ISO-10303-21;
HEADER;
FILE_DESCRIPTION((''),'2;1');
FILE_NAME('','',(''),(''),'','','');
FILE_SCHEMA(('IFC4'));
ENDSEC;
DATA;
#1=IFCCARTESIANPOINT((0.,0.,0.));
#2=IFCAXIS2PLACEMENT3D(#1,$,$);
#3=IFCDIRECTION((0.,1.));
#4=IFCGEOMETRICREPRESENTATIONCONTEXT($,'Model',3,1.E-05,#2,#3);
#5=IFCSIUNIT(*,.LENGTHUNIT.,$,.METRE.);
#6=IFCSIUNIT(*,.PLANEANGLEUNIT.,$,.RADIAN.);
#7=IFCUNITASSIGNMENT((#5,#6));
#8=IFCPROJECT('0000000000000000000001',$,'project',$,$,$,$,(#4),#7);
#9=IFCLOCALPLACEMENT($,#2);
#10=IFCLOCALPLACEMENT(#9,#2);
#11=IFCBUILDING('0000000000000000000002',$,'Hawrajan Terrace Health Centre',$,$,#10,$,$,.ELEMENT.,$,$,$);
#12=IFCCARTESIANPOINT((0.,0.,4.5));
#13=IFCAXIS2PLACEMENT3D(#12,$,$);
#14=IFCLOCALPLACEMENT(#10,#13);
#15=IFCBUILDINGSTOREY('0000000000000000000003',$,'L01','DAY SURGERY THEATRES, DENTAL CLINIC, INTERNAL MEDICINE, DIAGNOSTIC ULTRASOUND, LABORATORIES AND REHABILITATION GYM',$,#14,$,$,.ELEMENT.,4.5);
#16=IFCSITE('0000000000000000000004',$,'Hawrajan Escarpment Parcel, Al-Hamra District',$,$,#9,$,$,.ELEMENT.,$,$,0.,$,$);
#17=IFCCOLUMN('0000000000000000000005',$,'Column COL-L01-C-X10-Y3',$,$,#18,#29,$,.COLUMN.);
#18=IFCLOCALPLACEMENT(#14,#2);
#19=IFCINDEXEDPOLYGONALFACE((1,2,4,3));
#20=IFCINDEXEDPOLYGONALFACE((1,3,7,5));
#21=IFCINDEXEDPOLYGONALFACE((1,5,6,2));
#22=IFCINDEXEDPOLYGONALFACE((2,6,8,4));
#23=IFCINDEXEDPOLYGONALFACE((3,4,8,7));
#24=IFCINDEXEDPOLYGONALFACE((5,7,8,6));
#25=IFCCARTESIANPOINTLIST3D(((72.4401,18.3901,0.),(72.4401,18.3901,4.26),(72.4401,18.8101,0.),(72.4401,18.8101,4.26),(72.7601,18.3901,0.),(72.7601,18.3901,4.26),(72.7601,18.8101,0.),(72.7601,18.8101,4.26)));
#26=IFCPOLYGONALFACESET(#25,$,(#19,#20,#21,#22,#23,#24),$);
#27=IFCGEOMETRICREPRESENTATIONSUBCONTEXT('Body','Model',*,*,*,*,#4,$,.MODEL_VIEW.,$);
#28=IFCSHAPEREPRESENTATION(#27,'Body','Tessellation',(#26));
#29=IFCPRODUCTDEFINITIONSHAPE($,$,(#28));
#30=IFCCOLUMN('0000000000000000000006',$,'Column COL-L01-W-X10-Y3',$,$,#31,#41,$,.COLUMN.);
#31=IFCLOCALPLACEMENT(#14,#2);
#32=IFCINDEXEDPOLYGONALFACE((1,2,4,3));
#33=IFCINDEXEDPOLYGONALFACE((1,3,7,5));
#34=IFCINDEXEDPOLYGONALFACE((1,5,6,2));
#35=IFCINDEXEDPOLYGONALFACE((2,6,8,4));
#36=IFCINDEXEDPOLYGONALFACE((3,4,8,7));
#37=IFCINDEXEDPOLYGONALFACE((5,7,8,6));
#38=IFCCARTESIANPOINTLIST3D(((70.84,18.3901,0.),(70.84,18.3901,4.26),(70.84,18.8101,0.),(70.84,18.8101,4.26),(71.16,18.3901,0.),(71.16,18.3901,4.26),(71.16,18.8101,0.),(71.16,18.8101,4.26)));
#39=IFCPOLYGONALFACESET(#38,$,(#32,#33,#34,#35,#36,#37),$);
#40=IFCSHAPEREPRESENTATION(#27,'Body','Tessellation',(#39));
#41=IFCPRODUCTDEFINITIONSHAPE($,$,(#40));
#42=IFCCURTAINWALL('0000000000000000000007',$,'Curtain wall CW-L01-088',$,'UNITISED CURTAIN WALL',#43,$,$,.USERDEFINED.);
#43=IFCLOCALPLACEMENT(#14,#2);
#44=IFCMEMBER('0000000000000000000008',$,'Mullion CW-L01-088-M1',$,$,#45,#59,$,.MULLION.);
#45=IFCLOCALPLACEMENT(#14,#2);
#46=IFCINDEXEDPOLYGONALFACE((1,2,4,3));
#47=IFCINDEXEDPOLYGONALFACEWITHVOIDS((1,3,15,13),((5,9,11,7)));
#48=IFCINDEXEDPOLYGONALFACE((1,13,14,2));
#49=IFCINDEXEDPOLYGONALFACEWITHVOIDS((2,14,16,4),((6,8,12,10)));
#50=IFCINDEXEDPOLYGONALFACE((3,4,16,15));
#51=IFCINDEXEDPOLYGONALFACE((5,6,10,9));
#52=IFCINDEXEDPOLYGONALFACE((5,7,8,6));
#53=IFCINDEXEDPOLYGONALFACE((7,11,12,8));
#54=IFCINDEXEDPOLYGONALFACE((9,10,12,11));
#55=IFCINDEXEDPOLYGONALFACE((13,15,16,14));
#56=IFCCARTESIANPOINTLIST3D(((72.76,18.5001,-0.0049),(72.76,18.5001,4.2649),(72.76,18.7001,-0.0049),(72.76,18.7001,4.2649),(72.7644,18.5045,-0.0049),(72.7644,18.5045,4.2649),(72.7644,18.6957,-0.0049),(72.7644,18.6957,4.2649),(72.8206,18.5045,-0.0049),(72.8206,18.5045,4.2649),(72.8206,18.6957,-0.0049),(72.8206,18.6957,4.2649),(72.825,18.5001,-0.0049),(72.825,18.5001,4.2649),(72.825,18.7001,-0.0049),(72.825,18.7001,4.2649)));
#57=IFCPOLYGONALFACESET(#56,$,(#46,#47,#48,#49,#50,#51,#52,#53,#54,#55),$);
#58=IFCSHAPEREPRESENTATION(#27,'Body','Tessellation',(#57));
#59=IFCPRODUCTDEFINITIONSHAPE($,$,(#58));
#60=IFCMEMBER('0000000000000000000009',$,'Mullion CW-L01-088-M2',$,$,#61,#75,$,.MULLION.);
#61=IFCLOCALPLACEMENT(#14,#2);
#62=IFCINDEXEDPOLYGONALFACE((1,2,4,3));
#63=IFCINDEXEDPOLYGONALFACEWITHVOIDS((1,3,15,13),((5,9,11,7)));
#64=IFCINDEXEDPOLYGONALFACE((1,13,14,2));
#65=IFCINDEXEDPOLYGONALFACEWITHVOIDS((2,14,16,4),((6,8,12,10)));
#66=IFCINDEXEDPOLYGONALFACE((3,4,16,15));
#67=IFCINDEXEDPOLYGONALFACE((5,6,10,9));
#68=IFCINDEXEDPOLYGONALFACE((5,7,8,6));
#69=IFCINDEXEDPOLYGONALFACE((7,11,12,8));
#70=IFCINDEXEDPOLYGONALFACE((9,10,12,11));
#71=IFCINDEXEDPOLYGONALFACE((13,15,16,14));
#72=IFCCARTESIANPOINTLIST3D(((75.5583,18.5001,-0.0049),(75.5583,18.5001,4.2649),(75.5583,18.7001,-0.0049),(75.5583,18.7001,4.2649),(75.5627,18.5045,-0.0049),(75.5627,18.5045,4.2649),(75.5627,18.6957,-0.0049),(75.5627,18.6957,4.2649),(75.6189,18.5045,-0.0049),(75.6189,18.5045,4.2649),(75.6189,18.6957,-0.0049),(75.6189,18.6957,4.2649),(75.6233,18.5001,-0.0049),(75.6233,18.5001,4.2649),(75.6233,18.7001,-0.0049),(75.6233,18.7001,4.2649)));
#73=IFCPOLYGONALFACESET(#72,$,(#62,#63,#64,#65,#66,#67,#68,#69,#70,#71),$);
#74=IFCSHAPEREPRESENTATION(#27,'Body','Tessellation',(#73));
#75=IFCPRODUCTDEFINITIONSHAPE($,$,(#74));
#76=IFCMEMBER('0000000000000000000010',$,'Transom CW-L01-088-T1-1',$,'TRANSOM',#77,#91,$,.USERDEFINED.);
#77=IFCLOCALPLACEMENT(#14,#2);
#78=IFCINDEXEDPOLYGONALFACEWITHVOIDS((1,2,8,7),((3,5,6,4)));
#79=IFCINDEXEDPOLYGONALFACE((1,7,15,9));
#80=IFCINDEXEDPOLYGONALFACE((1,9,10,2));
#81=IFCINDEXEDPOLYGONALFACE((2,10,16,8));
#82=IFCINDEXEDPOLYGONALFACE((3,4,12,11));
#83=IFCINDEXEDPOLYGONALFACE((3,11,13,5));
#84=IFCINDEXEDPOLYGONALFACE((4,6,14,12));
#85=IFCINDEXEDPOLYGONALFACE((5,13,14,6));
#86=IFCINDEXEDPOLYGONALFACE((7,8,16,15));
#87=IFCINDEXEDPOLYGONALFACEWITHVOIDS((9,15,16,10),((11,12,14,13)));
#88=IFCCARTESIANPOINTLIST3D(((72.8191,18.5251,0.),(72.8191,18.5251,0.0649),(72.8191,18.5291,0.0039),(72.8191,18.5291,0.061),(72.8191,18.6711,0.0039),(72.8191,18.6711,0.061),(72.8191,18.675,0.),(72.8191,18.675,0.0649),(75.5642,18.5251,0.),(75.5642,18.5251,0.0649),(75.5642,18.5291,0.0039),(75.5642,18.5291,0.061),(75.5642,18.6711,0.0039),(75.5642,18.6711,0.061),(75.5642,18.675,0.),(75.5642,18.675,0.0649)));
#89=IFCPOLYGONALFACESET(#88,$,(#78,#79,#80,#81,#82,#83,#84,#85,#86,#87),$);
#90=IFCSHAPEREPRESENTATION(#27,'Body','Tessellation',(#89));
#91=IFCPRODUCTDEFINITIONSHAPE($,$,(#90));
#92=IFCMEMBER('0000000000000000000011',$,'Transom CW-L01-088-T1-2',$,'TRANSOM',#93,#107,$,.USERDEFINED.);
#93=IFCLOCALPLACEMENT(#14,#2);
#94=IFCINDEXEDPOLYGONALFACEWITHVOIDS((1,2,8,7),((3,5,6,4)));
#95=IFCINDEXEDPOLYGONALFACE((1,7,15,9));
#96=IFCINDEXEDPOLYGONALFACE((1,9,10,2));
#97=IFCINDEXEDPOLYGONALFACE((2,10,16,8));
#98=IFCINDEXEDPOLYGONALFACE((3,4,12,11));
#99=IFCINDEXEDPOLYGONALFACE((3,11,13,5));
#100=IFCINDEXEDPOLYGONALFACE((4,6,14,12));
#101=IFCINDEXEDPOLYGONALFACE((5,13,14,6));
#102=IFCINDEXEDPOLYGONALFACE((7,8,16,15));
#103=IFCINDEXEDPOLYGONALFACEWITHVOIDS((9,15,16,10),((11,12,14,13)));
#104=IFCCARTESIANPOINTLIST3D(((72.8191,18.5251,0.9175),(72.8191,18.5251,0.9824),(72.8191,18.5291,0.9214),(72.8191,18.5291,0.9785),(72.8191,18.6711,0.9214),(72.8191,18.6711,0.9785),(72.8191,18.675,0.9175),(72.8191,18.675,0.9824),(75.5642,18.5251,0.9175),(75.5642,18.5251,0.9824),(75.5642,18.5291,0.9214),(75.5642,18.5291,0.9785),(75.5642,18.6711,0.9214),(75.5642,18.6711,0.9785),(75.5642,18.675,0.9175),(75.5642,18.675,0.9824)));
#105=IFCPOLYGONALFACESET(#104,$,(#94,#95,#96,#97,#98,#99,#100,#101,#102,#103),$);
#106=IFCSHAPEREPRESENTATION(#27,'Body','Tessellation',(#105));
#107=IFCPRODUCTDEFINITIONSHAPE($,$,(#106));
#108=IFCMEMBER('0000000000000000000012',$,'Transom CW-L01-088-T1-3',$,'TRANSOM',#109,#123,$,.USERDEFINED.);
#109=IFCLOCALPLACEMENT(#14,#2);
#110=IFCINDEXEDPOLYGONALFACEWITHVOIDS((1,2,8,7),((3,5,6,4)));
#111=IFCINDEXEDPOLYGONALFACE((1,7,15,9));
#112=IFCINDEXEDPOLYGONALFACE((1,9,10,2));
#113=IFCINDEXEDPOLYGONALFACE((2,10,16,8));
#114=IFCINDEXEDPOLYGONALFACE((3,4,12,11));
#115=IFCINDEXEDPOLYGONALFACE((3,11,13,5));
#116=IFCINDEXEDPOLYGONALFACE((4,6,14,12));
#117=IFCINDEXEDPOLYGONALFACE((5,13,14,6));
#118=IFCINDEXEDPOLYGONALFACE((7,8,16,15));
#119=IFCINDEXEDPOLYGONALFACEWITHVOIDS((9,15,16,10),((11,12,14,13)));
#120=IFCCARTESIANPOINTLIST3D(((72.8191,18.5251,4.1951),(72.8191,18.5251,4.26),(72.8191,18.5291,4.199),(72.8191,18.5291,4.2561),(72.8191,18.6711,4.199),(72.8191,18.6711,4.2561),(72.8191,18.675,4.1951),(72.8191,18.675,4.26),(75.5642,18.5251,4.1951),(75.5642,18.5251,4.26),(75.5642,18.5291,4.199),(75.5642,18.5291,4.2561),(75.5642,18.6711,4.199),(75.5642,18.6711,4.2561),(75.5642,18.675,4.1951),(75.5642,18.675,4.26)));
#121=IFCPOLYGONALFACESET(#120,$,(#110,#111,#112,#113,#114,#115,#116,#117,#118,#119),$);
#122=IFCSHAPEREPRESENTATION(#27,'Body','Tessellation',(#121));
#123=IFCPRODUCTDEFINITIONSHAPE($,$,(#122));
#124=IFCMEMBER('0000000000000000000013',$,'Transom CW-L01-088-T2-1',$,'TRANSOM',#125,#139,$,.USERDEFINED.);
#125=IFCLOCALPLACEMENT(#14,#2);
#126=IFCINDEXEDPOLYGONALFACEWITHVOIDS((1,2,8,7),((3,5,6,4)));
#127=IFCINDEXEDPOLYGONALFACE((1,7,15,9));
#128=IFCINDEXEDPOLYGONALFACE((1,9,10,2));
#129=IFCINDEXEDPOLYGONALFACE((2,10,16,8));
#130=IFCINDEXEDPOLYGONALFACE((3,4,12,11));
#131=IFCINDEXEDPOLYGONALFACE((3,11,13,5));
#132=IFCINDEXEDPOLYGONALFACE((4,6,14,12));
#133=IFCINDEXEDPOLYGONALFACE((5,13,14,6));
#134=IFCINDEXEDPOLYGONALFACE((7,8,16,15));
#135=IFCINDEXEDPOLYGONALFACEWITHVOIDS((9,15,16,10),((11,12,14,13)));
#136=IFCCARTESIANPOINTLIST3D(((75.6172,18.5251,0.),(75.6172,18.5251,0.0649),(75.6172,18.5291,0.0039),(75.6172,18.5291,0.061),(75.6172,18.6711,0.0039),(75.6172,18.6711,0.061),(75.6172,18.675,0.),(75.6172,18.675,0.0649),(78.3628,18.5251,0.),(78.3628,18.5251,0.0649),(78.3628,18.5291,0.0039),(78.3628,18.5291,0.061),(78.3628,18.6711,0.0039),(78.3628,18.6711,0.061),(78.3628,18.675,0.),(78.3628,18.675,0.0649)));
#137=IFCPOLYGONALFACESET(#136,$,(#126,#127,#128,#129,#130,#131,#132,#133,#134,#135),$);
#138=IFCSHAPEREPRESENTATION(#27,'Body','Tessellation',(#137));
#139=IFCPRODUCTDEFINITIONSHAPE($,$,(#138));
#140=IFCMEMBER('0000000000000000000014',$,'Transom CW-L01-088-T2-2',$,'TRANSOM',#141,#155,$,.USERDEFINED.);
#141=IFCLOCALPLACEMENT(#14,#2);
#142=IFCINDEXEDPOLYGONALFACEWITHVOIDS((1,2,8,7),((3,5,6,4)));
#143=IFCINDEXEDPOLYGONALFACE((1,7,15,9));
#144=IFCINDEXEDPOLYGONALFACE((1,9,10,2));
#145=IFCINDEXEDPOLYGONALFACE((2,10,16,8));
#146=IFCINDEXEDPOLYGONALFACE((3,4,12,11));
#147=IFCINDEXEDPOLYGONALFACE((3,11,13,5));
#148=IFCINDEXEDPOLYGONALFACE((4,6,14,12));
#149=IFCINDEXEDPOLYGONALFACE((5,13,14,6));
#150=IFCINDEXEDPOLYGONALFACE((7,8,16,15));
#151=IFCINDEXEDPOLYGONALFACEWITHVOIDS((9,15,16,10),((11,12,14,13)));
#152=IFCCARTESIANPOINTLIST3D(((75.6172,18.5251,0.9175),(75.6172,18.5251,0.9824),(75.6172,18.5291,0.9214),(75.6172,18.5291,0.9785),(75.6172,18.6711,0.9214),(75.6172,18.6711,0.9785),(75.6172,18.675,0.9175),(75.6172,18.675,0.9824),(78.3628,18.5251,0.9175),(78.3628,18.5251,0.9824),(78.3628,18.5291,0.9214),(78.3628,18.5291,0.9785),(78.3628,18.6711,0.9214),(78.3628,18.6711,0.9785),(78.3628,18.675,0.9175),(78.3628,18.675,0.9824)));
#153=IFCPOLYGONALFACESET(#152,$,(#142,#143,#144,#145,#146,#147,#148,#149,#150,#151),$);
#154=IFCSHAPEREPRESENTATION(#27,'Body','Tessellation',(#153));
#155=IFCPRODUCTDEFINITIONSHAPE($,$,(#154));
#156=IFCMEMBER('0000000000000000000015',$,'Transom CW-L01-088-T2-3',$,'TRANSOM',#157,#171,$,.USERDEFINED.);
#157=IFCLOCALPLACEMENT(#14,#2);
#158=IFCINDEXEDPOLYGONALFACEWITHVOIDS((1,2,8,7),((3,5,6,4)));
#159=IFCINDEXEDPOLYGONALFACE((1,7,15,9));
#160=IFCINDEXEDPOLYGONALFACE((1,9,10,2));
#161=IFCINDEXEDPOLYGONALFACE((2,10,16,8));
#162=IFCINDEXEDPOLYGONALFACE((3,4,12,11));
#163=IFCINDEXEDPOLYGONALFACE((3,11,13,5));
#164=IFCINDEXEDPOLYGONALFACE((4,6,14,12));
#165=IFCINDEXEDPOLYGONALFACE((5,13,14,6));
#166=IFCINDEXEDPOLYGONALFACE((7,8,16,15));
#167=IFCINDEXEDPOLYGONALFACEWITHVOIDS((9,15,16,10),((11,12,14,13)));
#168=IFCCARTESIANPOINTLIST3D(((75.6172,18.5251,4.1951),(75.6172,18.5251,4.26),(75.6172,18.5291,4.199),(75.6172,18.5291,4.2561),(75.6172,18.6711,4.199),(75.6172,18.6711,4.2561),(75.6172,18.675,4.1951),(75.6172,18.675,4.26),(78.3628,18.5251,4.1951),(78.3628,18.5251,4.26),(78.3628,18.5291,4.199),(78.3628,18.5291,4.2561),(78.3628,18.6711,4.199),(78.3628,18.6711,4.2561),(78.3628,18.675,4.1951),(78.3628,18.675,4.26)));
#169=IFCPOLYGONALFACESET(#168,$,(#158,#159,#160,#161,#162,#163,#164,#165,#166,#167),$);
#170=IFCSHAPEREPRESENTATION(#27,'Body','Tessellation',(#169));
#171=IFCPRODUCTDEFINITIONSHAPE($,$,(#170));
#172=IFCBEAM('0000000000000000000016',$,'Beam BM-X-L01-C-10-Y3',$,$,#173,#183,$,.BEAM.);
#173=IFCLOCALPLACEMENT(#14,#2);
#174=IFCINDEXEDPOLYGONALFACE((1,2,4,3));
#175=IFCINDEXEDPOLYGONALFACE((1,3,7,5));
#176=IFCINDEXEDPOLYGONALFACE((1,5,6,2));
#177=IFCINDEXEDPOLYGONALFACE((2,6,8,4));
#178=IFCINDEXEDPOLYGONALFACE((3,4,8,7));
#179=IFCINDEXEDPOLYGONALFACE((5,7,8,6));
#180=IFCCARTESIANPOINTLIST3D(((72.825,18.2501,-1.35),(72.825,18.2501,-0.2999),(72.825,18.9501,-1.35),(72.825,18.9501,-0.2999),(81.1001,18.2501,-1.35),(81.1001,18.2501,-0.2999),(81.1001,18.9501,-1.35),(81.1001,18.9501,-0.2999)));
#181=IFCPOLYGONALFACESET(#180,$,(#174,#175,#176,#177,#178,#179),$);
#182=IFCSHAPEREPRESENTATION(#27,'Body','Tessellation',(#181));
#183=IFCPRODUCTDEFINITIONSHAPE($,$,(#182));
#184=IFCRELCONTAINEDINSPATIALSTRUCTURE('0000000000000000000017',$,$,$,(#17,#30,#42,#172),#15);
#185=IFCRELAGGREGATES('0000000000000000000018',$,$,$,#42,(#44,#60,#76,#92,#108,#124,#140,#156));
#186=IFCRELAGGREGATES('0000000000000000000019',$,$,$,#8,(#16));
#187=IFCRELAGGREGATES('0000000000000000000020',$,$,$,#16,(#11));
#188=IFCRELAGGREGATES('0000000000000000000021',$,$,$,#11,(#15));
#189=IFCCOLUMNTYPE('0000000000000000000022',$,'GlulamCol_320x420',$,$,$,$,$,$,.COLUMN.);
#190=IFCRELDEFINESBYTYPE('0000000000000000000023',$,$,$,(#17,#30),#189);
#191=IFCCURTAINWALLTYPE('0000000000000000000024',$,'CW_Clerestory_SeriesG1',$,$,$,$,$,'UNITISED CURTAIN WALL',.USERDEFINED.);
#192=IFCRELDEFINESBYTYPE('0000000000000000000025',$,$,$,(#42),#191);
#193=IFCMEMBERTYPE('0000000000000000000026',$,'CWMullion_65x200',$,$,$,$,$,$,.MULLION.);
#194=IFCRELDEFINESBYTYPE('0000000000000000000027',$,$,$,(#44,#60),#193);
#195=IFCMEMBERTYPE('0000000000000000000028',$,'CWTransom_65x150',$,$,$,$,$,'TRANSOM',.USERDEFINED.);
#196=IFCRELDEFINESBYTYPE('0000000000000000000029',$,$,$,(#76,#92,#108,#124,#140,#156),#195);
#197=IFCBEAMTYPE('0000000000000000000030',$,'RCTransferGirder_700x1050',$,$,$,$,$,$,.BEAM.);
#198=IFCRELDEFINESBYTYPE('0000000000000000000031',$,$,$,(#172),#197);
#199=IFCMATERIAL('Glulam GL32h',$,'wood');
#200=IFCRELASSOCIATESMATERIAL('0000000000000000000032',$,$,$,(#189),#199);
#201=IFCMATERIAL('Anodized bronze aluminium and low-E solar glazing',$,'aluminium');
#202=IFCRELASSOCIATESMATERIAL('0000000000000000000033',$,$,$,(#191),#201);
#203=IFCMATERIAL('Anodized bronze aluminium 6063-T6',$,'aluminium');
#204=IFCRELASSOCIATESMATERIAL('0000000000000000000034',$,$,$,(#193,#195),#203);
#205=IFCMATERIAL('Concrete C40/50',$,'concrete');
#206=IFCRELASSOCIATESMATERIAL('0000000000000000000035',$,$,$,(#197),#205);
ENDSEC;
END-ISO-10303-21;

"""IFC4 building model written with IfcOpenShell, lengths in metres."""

from ifc_helpers import new_model, si_unit, direction, frame, origin, origin_2d, place, context, subcontext, project, spatial, rectangle, hollow_rectangle, extrude, material, material_profile, profile_set, type_object, element, aggregate, save


model = new_model("IFC4")

# Units and contexts
model_context = context("Model", 3, precision=1e-05, world=origin(), true_north=direction((0.0, 1.0)))
body_context = subcontext(model_context, "Body", "Model", "MODEL_VIEW")
ifc_project = project(units=[si_unit("LENGTHUNIT", "METRE"), si_unit("PLANEANGLEUNIT", "RADIAN")], contexts=[model_context])

# Site, building, storey
site_placement = place(None, origin())
site = spatial("IfcSite", under=ifc_project, at=site_placement, Name="Hawrajan Escarpment Parcel, Al-Hamra District", CompositionType="ELEMENT", RefElevation=0.0)
building_placement = place(site_placement, origin())
building = spatial("IfcBuilding", under=site, at=building_placement, Name="Hawrajan Terrace Health Centre", CompositionType="ELEMENT")
storey_placement = place(building_placement, frame((0.0, 0.0, 4.5)))
storey = spatial("IfcBuildingStorey", under=building, at=storey_placement, Name="L01", Description="DAY SURGERY THEATRES, DENTAL CLINIC, INTERNAL MEDICINE, DIAGNOSTIC ULTRASOUND, LABORATORIES AND REHABILITATION GYM", CompositionType="ELEMENT", Elevation=4.5)

# Columns
ifc_material_1 = material(Name="Glulam GL32h", Category="wood")
ifc_material_profile_1 = material_profile(ifc_material_1, rectangle(XDim=0.3201, YDim=0.4199, at=origin_2d()), Name="GL 320x420")
ifc_profile_set_1 = profile_set([ifc_material_profile_1], Name="Glulam GL32h")
column_type = type_object("IfcColumnType", Name="GlulamCol_320x420", PredefinedType="COLUMN", material=ifc_profile_set_1)
for number, where, z_axis, x_axis, name in (
    (1, (72.6001, 18.6001, 0.0), (0.0, 0.0, 1.0), (1.0, 0.0, 0.0), "Column COL-L01-C-X10-Y3"),
    (2, (71.0, 18.6001, 0.0), (0.0, 0.0, 1.0), (1.0, 0.0, 0.0), "Column COL-L01-W-X10-Y3"),
):
    element("IfcColumn", number, at=place(storey_placement, frame(where, z_axis=z_axis, x_axis=x_axis)), inside=storey, type_object=column_type, Name=name, PredefinedType="COLUMN", context=body_context, shape_type="SweptSolid", body=[
        extrude(rectangle(XDim=0.3201, YDim=0.4199, at=origin_2d()), origin(), (0.0, 0.0, 1.0), 4.26),
    ])

# Curtain wall, members
ifc_material_2 = material(Name="Anodized bronze aluminium and low-E solar glazing", Category="aluminium")
curtain_wall_type = type_object("IfcCurtainWallType", Name="CW_Clerestory_SeriesG1", ElementType="UNITISED CURTAIN WALL", PredefinedType="USERDEFINED", material=ifc_material_2)
curtain_wall_placement = place(storey_placement, origin())
curtain_wall = element("IfcCurtainWall", 3, at=curtain_wall_placement, inside=storey, type_object=curtain_wall_type, Name="Curtain wall CW-L01-088", ObjectType="UNITISED CURTAIN WALL", PredefinedType="USERDEFINED")
ifc_material_3 = material(Name="Anodized bronze aluminium 6063-T6", Category="aluminium")
ifc_material_profile_2 = material_profile(ifc_material_3, hollow_rectangle(XDim=0.0649, YDim=0.2, WallThickness=0.0044, at=origin_2d()), Name="CW MUL 65x200")
ifc_profile_set_2 = profile_set([ifc_material_profile_2], Name="Anodized bronze aluminium 6063-T6")
member_type_1 = type_object("IfcMemberType", Name="CWMullion_65x200", PredefinedType="MULLION", material=ifc_profile_set_2)
member_1_placement = place(storey_placement, frame((72.7925, 18.6001, -0.0049), z_axis=(0.0, 0.0, 1.0), x_axis=(1.0, 0.0, 0.0)))
member_1 = element("IfcMember", 4, at=member_1_placement, type_object=member_type_1, Name="Mullion CW-L01-088-M1", PredefinedType="MULLION", context=body_context, shape_type="SweptSolid", body=[
    extrude(hollow_rectangle(XDim=0.0649, YDim=0.2, WallThickness=0.0044, at=origin_2d()), origin(), (0.0, 0.0, 1.0), 4.2698),
])
member_2_placement = place(storey_placement, frame((75.5908, 18.6001, -0.0049), z_axis=(0.0, 0.0, 1.0), x_axis=(1.0, 0.0, 0.0)))
member_2 = element("IfcMember", 5, at=member_2_placement, type_object=member_type_1, Name="Mullion CW-L01-088-M2", PredefinedType="MULLION", context=body_context, shape_type="SweptSolid", body=[
    extrude(hollow_rectangle(XDim=0.0649, YDim=0.2, WallThickness=0.0044, at=origin_2d()), origin(), (0.0, 0.0, 1.0), 4.2698),
])
ifc_material_profile_3 = material_profile(ifc_material_3, hollow_rectangle(XDim=0.0649, YDim=0.1499, WallThickness=0.0039, at=origin_2d()), Name="CW TRN 65x150")
ifc_profile_set_3 = profile_set([ifc_material_profile_3], Name="Anodized bronze aluminium 6063-T6")
member_type_2 = type_object("IfcMemberType", Name="CWTransom_65x150", ElementType="TRANSOM", PredefinedType="USERDEFINED", material=ifc_profile_set_3)
member_3_placement = place(storey_placement, frame((72.8191, 18.6001, 0.0325), z_axis=(1.0, 0.0, 0.0), x_axis=(0.0, 0.0, 1.0)))
member_3 = element("IfcMember", 6, at=member_3_placement, type_object=member_type_2, Name="Transom CW-L01-088-T1-1", ObjectType="TRANSOM", PredefinedType="USERDEFINED", context=body_context, shape_type="SweptSolid", body=[
    extrude(hollow_rectangle(XDim=0.0649, YDim=0.1499, WallThickness=0.0039, at=origin_2d()), origin(), (0.0, 0.0, 1.0), 2.7451),
])
member_4_placement = place(storey_placement, frame((72.8191, 18.6001, 0.95), z_axis=(1.0, 0.0, 0.0), x_axis=(0.0, 0.0, 1.0)))
member_4 = element("IfcMember", 7, at=member_4_placement, type_object=member_type_2, Name="Transom CW-L01-088-T1-2", ObjectType="TRANSOM", PredefinedType="USERDEFINED", context=body_context, shape_type="SweptSolid", body=[
    extrude(hollow_rectangle(XDim=0.0649, YDim=0.1499, WallThickness=0.0039, at=origin_2d()), origin(), (0.0, 0.0, 1.0), 2.7451),
])
member_5_placement = place(storey_placement, frame((72.8191, 18.6001, 4.2275), z_axis=(1.0, 0.0, 0.0), x_axis=(0.0, 0.0, 1.0)))
member_5 = element("IfcMember", 8, at=member_5_placement, type_object=member_type_2, Name="Transom CW-L01-088-T1-3", ObjectType="TRANSOM", PredefinedType="USERDEFINED", context=body_context, shape_type="SweptSolid", body=[
    extrude(hollow_rectangle(XDim=0.0649, YDim=0.1499, WallThickness=0.0039, at=origin_2d()), origin(), (0.0, 0.0, 1.0), 2.7451),
])
member_6_placement = place(storey_placement, frame((75.6172, 18.6001, 0.0325), z_axis=(1.0, 0.0, 0.0), x_axis=(0.0, 0.0, 1.0)))
member_6 = element("IfcMember", 9, at=member_6_placement, type_object=member_type_2, Name="Transom CW-L01-088-T2-1", ObjectType="TRANSOM", PredefinedType="USERDEFINED", context=body_context, shape_type="SweptSolid", body=[
    extrude(hollow_rectangle(XDim=0.0649, YDim=0.1499, WallThickness=0.0039, at=origin_2d()), origin(), (0.0, 0.0, 1.0), 2.7456),
])
member_7_placement = place(storey_placement, frame((75.6172, 18.6001, 0.95), z_axis=(1.0, 0.0, 0.0), x_axis=(0.0, 0.0, 1.0)))
member_7 = element("IfcMember", 10, at=member_7_placement, type_object=member_type_2, Name="Transom CW-L01-088-T2-2", ObjectType="TRANSOM", PredefinedType="USERDEFINED", context=body_context, shape_type="SweptSolid", body=[
    extrude(hollow_rectangle(XDim=0.0649, YDim=0.1499, WallThickness=0.0039, at=origin_2d()), origin(), (0.0, 0.0, 1.0), 2.7456),
])
member_8_placement = place(storey_placement, frame((75.6172, 18.6001, 4.2275), z_axis=(1.0, 0.0, 0.0), x_axis=(0.0, 0.0, 1.0)))
member_8 = element("IfcMember", 11, at=member_8_placement, type_object=member_type_2, Name="Transom CW-L01-088-T2-3", ObjectType="TRANSOM", PredefinedType="USERDEFINED", context=body_context, shape_type="SweptSolid", body=[
    extrude(hollow_rectangle(XDim=0.0649, YDim=0.1499, WallThickness=0.0039, at=origin_2d()), origin(), (0.0, 0.0, 1.0), 2.7456),
])

# Beam
ifc_material_4 = material(Name="Concrete C40/50", Category="concrete")
ifc_material_profile_4 = material_profile(ifc_material_4, rectangle(XDim=0.7, YDim=1.05, at=origin_2d()), Name="RC TG 700x1050")
ifc_profile_set_4 = profile_set([ifc_material_profile_4], Name="Concrete C40/50")
beam_type_1 = type_object("IfcBeamType", Name="RCTransferGirder_700x1050", PredefinedType="BEAM", material=ifc_profile_set_4)
beam_placement = place(storey_placement, frame((72.825, 18.6001, -0.825), z_axis=(1.0, 0.0, 0.0), x_axis=(0.0, 1.0, 0.0)))
element("IfcBeam", 12, at=beam_placement, inside=storey, type_object=beam_type_1, Name="Beam BM-X-L01-C-10-Y3", PredefinedType="BEAM", context=body_context, shape_type="SweptSolid", body=[
    extrude(rectangle(XDim=0.7, YDim=1.05, at=origin_2d()), origin(), (0.0, 0.0, 1.0), 8.2751),
])

aggregate(curtain_wall, [member_1, member_2, member_3, member_4, member_5, member_6, member_7, member_8])

save(model, "model.ifc")
